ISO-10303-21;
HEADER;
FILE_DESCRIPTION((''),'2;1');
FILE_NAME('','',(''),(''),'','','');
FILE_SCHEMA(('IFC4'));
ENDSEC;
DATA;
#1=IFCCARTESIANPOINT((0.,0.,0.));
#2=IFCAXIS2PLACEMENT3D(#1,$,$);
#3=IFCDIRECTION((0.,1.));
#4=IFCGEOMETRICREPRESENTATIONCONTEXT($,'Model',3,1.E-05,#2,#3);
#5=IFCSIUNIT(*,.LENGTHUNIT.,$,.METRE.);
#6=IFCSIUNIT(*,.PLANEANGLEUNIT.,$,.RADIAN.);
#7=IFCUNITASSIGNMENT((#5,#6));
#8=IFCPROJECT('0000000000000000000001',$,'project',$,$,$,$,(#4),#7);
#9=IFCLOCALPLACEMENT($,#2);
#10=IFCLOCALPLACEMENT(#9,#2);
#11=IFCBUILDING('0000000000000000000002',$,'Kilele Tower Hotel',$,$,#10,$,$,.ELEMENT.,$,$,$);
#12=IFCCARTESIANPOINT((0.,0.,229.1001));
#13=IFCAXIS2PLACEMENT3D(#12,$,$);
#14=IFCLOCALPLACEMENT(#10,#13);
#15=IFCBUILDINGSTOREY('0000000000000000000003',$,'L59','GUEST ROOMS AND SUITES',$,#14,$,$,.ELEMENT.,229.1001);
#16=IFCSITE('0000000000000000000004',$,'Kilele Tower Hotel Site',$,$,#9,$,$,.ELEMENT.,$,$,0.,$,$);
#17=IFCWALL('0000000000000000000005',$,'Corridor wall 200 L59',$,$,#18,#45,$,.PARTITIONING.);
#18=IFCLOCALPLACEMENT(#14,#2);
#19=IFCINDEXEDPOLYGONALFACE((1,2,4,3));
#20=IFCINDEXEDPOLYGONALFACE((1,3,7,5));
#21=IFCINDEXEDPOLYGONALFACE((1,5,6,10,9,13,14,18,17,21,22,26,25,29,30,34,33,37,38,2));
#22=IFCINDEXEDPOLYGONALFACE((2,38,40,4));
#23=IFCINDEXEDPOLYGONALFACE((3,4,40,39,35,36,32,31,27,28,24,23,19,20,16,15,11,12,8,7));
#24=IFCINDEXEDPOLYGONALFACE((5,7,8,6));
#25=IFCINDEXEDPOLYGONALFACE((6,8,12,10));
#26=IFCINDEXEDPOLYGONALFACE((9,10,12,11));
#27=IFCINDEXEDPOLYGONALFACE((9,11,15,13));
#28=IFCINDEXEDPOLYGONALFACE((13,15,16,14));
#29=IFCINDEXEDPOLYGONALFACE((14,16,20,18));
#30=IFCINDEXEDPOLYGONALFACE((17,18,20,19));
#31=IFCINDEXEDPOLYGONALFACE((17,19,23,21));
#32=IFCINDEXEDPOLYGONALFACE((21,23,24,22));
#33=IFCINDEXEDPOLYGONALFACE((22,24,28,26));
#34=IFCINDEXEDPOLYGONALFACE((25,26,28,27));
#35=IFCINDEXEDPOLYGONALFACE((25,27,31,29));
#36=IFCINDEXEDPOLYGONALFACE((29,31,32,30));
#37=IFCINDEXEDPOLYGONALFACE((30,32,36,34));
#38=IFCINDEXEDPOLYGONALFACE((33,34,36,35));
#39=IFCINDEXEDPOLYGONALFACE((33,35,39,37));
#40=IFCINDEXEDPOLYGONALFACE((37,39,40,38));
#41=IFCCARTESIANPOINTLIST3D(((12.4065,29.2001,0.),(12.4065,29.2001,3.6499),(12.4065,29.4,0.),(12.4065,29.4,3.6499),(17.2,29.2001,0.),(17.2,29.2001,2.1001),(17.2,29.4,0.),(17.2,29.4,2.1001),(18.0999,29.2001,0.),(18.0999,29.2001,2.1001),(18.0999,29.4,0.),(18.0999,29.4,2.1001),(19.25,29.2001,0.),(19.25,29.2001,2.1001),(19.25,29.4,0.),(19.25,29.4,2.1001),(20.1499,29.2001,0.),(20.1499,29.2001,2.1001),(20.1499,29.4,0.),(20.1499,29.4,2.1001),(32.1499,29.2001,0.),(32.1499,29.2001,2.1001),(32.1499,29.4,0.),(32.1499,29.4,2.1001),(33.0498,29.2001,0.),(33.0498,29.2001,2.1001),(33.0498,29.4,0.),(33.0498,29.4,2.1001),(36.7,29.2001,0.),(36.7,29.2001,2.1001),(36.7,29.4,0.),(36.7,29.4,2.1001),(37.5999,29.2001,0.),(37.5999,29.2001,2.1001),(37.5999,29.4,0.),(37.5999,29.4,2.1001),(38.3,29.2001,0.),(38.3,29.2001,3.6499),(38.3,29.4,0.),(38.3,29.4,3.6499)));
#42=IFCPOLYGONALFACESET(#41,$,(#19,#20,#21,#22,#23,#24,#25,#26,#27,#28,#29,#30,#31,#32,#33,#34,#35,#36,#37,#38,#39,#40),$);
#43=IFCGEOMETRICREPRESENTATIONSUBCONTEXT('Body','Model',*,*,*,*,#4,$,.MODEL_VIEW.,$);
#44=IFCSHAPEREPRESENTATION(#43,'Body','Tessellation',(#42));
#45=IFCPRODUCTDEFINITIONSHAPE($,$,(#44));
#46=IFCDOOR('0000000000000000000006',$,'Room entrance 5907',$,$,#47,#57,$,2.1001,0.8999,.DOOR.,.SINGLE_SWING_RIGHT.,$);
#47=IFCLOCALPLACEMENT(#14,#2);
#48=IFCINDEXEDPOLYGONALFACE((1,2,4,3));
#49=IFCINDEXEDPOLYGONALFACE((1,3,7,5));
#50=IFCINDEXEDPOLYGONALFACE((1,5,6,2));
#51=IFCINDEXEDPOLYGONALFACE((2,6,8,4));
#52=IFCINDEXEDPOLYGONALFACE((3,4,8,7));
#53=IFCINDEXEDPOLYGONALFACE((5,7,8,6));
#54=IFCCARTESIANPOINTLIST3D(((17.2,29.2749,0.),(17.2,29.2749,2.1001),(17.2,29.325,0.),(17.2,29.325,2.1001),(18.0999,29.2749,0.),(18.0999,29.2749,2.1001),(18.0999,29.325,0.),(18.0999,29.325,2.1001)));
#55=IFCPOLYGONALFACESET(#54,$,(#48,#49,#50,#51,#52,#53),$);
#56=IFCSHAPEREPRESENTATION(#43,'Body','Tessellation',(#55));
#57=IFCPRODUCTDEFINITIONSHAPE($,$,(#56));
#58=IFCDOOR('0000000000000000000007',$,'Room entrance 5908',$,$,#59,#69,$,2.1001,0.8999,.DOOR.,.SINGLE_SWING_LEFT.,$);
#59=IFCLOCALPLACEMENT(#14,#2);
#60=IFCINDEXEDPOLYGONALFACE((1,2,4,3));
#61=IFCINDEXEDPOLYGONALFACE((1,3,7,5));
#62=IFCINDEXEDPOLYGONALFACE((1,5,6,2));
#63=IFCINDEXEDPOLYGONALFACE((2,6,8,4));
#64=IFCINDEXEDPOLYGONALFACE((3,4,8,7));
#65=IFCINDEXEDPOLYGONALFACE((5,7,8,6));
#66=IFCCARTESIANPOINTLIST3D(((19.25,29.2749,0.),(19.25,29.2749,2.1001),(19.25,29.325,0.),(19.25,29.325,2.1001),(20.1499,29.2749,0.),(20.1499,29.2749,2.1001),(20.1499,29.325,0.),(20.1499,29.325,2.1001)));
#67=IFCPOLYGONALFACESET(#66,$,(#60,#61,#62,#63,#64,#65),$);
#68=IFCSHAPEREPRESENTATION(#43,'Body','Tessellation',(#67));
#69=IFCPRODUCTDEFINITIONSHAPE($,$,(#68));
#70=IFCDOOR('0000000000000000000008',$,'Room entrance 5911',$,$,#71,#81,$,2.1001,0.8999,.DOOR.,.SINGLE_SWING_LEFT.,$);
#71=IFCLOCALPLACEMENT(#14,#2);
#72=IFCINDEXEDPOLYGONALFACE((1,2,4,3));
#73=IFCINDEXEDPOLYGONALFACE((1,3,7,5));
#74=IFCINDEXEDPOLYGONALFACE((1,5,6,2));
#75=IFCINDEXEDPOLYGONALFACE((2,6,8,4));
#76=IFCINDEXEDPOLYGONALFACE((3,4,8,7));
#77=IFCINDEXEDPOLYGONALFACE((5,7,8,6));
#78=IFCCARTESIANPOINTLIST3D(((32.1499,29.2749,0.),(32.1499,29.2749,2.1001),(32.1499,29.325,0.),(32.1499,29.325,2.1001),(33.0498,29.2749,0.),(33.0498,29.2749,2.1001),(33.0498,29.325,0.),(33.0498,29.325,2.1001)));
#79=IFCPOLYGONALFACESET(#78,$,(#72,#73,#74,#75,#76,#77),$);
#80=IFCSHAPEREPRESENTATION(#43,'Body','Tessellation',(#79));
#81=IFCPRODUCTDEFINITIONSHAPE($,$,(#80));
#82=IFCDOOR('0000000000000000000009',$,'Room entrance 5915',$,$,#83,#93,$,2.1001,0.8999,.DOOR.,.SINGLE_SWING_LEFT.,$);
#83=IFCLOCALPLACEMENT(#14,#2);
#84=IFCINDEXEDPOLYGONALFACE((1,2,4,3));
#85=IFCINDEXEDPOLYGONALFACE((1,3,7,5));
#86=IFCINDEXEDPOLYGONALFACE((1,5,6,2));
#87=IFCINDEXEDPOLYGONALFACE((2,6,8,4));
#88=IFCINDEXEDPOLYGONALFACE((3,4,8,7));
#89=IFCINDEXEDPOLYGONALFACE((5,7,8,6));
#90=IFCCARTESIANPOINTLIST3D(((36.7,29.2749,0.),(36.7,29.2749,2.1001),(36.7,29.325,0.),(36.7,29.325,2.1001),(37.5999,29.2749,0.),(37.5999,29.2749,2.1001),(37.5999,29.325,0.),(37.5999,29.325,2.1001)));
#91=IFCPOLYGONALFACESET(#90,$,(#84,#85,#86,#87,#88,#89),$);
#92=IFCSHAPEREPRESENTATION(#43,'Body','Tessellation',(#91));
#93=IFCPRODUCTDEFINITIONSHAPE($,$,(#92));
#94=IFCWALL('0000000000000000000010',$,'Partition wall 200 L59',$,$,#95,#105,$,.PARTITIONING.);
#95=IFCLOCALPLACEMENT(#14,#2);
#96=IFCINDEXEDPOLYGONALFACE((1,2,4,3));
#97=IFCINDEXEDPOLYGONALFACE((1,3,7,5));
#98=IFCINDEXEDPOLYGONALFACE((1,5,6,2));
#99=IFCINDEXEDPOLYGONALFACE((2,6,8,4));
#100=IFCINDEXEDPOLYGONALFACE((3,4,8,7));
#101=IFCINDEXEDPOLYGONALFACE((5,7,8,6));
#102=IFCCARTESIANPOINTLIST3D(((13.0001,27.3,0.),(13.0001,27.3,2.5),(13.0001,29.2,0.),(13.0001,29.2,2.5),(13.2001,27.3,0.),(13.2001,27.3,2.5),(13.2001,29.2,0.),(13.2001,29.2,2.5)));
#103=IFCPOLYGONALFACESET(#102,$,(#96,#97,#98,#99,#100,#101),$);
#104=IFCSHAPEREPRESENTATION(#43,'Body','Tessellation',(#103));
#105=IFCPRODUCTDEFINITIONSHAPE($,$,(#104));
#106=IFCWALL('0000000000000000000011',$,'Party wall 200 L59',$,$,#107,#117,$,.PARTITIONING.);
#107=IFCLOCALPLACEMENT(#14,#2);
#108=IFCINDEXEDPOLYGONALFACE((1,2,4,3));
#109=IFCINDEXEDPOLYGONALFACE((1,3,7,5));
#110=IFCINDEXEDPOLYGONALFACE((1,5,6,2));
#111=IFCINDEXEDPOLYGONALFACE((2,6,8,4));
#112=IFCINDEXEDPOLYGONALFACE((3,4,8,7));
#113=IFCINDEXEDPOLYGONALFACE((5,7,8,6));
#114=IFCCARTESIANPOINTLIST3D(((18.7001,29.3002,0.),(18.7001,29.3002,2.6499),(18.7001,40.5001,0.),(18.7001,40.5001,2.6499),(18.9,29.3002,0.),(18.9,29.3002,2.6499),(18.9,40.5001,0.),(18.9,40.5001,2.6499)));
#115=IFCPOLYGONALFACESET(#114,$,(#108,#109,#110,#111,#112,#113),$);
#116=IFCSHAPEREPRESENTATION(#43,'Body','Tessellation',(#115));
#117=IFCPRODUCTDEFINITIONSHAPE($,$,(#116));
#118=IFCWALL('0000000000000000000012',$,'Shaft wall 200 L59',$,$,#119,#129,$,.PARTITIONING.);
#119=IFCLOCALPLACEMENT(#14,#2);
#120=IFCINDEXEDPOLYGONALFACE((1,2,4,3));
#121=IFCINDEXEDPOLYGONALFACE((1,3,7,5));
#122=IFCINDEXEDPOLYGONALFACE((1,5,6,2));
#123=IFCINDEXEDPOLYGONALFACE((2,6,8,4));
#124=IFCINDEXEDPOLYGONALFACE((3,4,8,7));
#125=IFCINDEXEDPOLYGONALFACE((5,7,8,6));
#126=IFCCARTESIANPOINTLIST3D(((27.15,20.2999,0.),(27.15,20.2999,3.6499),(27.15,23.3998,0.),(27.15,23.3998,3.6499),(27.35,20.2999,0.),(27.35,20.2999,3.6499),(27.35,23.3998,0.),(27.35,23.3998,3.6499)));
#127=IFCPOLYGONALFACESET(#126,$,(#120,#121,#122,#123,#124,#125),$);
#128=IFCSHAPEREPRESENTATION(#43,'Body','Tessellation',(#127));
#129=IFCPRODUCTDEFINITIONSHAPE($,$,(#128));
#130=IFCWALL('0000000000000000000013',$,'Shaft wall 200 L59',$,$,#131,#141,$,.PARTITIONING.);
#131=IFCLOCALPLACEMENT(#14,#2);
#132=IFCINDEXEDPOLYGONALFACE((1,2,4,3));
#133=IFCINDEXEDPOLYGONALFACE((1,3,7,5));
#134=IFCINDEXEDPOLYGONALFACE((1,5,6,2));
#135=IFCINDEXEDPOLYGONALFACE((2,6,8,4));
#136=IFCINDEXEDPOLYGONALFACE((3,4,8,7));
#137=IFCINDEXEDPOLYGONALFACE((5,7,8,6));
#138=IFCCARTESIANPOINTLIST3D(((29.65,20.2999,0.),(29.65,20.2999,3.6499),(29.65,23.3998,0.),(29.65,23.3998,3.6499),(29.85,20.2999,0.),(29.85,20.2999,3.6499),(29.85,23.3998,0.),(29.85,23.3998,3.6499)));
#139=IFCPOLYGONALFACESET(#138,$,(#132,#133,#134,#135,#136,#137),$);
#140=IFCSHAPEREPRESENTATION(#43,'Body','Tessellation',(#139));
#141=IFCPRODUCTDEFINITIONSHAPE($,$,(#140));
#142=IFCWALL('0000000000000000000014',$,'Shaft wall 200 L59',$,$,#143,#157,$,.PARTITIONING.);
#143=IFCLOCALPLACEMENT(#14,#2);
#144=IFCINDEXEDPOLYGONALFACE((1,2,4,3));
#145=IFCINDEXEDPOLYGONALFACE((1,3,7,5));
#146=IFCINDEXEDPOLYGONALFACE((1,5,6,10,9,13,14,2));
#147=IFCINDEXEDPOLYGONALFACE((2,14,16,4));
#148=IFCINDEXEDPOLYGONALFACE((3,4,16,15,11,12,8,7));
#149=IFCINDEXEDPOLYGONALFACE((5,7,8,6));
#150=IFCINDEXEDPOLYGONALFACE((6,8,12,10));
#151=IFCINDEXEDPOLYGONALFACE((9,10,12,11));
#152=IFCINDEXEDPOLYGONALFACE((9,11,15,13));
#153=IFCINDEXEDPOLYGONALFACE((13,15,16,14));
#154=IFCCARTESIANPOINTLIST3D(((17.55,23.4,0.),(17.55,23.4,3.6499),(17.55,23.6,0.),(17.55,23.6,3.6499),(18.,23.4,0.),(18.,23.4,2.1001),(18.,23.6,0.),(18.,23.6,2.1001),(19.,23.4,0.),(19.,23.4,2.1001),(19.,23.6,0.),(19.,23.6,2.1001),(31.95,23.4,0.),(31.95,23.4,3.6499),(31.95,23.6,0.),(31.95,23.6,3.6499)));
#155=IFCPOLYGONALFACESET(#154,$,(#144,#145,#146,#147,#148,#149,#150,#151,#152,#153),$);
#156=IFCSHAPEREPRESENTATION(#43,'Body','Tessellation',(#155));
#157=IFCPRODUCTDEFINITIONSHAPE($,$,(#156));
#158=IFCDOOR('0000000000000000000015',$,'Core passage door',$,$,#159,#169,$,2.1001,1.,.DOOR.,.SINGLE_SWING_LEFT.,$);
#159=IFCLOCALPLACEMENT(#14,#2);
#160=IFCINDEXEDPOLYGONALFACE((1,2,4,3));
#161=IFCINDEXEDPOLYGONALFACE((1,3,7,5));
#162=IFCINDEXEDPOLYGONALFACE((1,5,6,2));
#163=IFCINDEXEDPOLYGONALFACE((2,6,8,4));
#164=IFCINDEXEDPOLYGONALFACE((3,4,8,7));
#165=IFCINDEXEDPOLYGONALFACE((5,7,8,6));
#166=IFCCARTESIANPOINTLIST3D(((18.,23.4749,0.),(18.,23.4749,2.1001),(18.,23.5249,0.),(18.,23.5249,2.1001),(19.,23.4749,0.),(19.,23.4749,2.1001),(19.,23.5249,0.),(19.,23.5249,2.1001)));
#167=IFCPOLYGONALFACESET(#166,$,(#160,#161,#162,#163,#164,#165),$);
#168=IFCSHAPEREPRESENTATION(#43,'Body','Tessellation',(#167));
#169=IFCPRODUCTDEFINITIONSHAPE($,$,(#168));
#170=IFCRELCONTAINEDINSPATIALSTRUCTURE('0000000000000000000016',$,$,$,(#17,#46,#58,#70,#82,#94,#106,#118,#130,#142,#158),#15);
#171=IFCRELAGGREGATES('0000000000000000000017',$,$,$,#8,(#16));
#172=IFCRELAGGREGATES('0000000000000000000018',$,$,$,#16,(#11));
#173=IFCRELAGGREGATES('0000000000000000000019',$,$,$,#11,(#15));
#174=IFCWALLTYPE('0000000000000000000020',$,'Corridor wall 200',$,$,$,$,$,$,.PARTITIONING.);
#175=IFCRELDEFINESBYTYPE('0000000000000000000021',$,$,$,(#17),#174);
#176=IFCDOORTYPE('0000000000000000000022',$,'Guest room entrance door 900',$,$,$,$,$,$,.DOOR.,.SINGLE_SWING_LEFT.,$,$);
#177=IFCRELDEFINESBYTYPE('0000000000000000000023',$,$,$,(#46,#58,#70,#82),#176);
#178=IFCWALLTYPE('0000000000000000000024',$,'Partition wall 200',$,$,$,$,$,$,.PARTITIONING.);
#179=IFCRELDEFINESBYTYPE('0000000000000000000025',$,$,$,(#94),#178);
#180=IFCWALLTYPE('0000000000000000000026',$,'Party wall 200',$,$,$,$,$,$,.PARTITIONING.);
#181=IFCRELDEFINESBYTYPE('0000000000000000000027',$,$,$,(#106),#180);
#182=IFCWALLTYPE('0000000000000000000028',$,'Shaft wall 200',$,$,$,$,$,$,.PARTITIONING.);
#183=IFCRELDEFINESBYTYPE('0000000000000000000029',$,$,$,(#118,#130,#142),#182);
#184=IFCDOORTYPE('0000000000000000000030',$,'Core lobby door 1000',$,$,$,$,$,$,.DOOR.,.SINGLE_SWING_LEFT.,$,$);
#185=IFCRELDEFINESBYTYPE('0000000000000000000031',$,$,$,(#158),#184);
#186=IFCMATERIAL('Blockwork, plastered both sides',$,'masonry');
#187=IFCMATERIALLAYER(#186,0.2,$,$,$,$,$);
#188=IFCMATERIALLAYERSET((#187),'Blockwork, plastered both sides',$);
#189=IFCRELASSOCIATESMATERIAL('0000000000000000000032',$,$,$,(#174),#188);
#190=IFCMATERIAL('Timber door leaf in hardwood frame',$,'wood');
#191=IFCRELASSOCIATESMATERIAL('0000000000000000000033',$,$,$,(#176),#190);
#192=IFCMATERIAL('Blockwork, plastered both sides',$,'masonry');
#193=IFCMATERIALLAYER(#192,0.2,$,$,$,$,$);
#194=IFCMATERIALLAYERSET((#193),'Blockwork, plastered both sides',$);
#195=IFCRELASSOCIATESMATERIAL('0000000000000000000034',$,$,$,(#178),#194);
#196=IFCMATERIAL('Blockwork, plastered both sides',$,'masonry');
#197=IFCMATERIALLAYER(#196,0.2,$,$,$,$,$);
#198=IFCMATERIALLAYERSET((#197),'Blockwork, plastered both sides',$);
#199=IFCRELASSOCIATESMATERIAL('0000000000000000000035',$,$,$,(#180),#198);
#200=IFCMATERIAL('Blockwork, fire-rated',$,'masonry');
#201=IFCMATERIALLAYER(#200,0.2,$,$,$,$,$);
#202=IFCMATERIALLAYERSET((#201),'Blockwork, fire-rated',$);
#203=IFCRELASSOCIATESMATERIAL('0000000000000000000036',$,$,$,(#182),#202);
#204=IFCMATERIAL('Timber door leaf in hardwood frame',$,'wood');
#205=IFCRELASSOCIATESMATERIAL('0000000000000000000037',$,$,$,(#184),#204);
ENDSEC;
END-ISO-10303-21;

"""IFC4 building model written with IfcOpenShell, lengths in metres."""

from ifc_helpers import new_model, si_unit, direction, frame, frame_2d, origin, place, context, subcontext, project, spatial, rectangle, extrude, material, layer, layer_set, type_object, element, fill, save


model = new_model("IFC4")

# Units and contexts
model_context = context("Model", 3, precision=1e-05, world=origin(), true_north=direction((0.0, 1.0)))
body_context = subcontext(model_context, "Body", "Model", "MODEL_VIEW")
ifc_project = project(units=[si_unit("LENGTHUNIT", "METRE"), si_unit("PLANEANGLEUNIT", "RADIAN")], contexts=[model_context])

# Site, building, storey
site_placement = place(None, origin())
site = spatial("IfcSite", under=ifc_project, at=site_placement, Name="Kilele Tower Hotel Site", CompositionType="ELEMENT", RefElevation=0.0)
building_placement = place(site_placement, origin())
building = spatial("IfcBuilding", under=site, at=building_placement, Name="Kilele Tower Hotel", CompositionType="ELEMENT")
storey_placement = place(building_placement, frame((0.0, 0.0, 229.1001)))
storey = spatial("IfcBuildingStorey", under=building, at=storey_placement, Name="L59", Description="GUEST ROOMS AND SUITES", CompositionType="ELEMENT", Elevation=229.1001)

# Wall, openings, doors
ifc_material_1 = material(Name="Blockwork, plastered both sides", Category="masonry")
ifc_layer_1 = layer(ifc_material_1, 0.2)
ifc_layer_set_1 = layer_set([ifc_layer_1], Name="Blockwork, plastered both sides")
wall_type_1 = type_object("IfcWallType", Name="Corridor wall 200", PredefinedType="PARTITIONING", material=ifc_layer_set_1)
wall_1_placement = place(storey_placement, frame((12.4065, 29.3, 0.0), z_axis=(0.0, 0.0, 1.0), x_axis=(1.0, 0.0, 0.0)))
wall_1 = element("IfcWall", 1, at=wall_1_placement, inside=storey, type_object=wall_type_1, Name="Corridor wall 200 L59", PredefinedType="PARTITIONING", context=body_context, shape_type="SweptSolid", body=[
    extrude(rectangle(XDim=25.8936, YDim=0.2, at=frame_2d((12.9468, 0.0))), origin(), (0.0, 0.0, 1.0), 3.6499),
])
opening_1_placement = place(wall_1_placement, frame((4.7935, 0.0, 0.0)))
opening_1 = element("IfcOpeningElement", 2, at=opening_1_placement, cuts=wall_1, PredefinedType="OPENING", context=body_context, shape_type="SweptSolid", body=[
    extrude(rectangle(XDim=0.8999, YDim=2.1001, at=frame_2d((0.45, 1.05))), frame((0.0, 0.1099, 0.0), z_axis=(0.0, -1.0, 0.0), x_axis=(1.0, 0.0, 0.0)), (0.0, 0.0, 1.0), 0.22),
])
opening_2_placement = place(wall_1_placement, frame((6.8435, 0.0, 0.0)))
opening_2 = element("IfcOpeningElement", 3, at=opening_2_placement, cuts=wall_1, PredefinedType="OPENING", context=body_context, shape_type="SweptSolid", body=[
    extrude(rectangle(XDim=0.8999, YDim=2.1001, at=frame_2d((0.45, 1.05))), frame((0.0, 0.1099, 0.0), z_axis=(0.0, -1.0, 0.0), x_axis=(1.0, 0.0, 0.0)), (0.0, 0.0, 1.0), 0.22),
])
opening_3_placement = place(wall_1_placement, frame((19.7434, 0.0, 0.0)))
opening_3 = element("IfcOpeningElement", 4, at=opening_3_placement, cuts=wall_1, PredefinedType="OPENING", context=body_context, shape_type="SweptSolid", body=[
    extrude(rectangle(XDim=0.8999, YDim=2.1001, at=frame_2d((0.45, 1.05))), frame((0.0, 0.1099, 0.0), z_axis=(0.0, -1.0, 0.0), x_axis=(1.0, 0.0, 0.0)), (0.0, 0.0, 1.0), 0.22),
])
opening_4_placement = place(wall_1_placement, frame((24.2935, 0.0, 0.0)))
opening_4 = element("IfcOpeningElement", 5, at=opening_4_placement, cuts=wall_1, PredefinedType="OPENING", context=body_context, shape_type="SweptSolid", body=[
    extrude(rectangle(XDim=0.8999, YDim=2.1001, at=frame_2d((0.45, 1.05))), frame((0.0, 0.1099, 0.0), z_axis=(0.0, -1.0, 0.0), x_axis=(1.0, 0.0, 0.0)), (0.0, 0.0, 1.0), 0.22),
])
ifc_material_2 = material(Name="Timber door leaf in hardwood frame", Category="wood")
door_type_1 = type_object("IfcDoorType", Name="Guest room entrance door 900", OperationType="SINGLE_SWING_LEFT", PredefinedType="DOOR", material=ifc_material_2)
door_1_placement = place(opening_1_placement, origin())
door_1 = element("IfcDoor", 6, at=door_1_placement, inside=storey, type_object=door_type_1, Name="Room entrance 5907", OperationType="SINGLE_SWING_RIGHT", OverallHeight=2.1001, OverallWidth=0.8999, PredefinedType="DOOR", context=body_context, shape_type="SweptSolid", body=[
    extrude(rectangle(XDim=0.8999, YDim=2.1001, at=frame_2d((0.45, 1.05))), frame((0.0, 0.0249, 0.0), z_axis=(0.0, -1.0, 0.0), x_axis=(1.0, 0.0, 0.0)), (0.0, 0.0, 1.0), 0.05),
])
fill(opening_1, door_1)
door_2_placement = place(opening_2_placement, origin())
door_2 = element("IfcDoor", 7, at=door_2_placement, inside=storey, type_object=door_type_1, Name="Room entrance 5908", OperationType="SINGLE_SWING_LEFT", OverallHeight=2.1001, OverallWidth=0.8999, PredefinedType="DOOR", context=body_context, shape_type="SweptSolid", body=[
    extrude(rectangle(XDim=0.8999, YDim=2.1001, at=frame_2d((0.45, 1.05))), frame((0.0, 0.0249, 0.0), z_axis=(0.0, -1.0, 0.0), x_axis=(1.0, 0.0, 0.0)), (0.0, 0.0, 1.0), 0.05),
])
fill(opening_2, door_2)
door_3_placement = place(opening_3_placement, origin())
door_3 = element("IfcDoor", 8, at=door_3_placement, inside=storey, type_object=door_type_1, Name="Room entrance 5911", OperationType="SINGLE_SWING_LEFT", OverallHeight=2.1001, OverallWidth=0.8999, PredefinedType="DOOR", context=body_context, shape_type="SweptSolid", body=[
    extrude(rectangle(XDim=0.8999, YDim=2.1001, at=frame_2d((0.45, 1.05))), frame((0.0, 0.0249, 0.0), z_axis=(0.0, -1.0, 0.0), x_axis=(1.0, 0.0, 0.0)), (0.0, 0.0, 1.0), 0.05),
])
fill(opening_3, door_3)
door_4_placement = place(opening_4_placement, origin())
door_4 = element("IfcDoor", 9, at=door_4_placement, inside=storey, type_object=door_type_1, Name="Room entrance 5915", OperationType="SINGLE_SWING_LEFT", OverallHeight=2.1001, OverallWidth=0.8999, PredefinedType="DOOR", context=body_context, shape_type="SweptSolid", body=[
    extrude(rectangle(XDim=0.8999, YDim=2.1001, at=frame_2d((0.45, 1.05))), frame((0.0, 0.0249, 0.0), z_axis=(0.0, -1.0, 0.0), x_axis=(1.0, 0.0, 0.0)), (0.0, 0.0, 1.0), 0.05),
])
fill(opening_4, door_4)

# Walls
ifc_material_3 = material(Name="Blockwork, plastered both sides", Category="masonry")
ifc_layer_2 = layer(ifc_material_3, 0.2)
ifc_layer_set_2 = layer_set([ifc_layer_2], Name="Blockwork, plastered both sides")
wall_type_2 = type_object("IfcWallType", Name="Partition wall 200", PredefinedType="PARTITIONING", material=ifc_layer_set_2)
wall_2_placement = place(storey_placement, frame((13.1001, 27.3, 0.0), z_axis=(0.0, 0.0, 1.0), x_axis=(0.0, 1.0, 0.0)))
element("IfcWall", 10, at=wall_2_placement, inside=storey, type_object=wall_type_2, Name="Partition wall 200 L59", PredefinedType="PARTITIONING", context=body_context, shape_type="SweptSolid", body=[
    extrude(rectangle(XDim=1.8999, YDim=0.2, at=frame_2d((0.95, 0.0))), origin(), (0.0, 0.0, 1.0), 2.5),
])
ifc_material_4 = material(Name="Blockwork, plastered both sides", Category="masonry")
ifc_layer_3 = layer(ifc_material_4, 0.2)
ifc_layer_set_3 = layer_set([ifc_layer_3], Name="Blockwork, plastered both sides")
wall_type_3 = type_object("IfcWallType", Name="Party wall 200", PredefinedType="PARTITIONING", material=ifc_layer_set_3)
wall_3_placement = place(storey_placement, frame((18.8, 29.3, 0.0), z_axis=(0.0, 0.0, 1.0), x_axis=(0.0, 1.0, 0.0)))
element("IfcWall", 11, at=wall_3_placement, inside=storey, type_object=wall_type_3, Name="Party wall 200 L59", PredefinedType="PARTITIONING", context=body_context, shape_type="SweptSolid", body=[
    extrude(rectangle(XDim=11.2, YDim=0.2, at=frame_2d((5.6001, 0.0))), origin(), (0.0, 0.0, 1.0), 2.6499),
])
ifc_material_5 = material(Name="Blockwork, fire-rated", Category="masonry")
ifc_layer_4 = layer(ifc_material_5, 0.2)
ifc_layer_set_4 = layer_set([ifc_layer_4], Name="Blockwork, fire-rated")
wall_type_4 = type_object("IfcWallType", Name="Shaft wall 200", PredefinedType="PARTITIONING", material=ifc_layer_set_4)
for number, where, z_axis, x_axis, name in (
    (12, (27.25, 20.3, 0.0), (0.0, 0.0, 1.0), (0.0, 1.0, 0.0), "Shaft wall 200 L59"),
    (13, (29.75, 20.3, 0.0), (0.0, 0.0, 1.0), (0.0, 1.0, 0.0), "Shaft wall 200 L59"),
):
    element("IfcWall", number, at=place(storey_placement, frame(where, z_axis=z_axis, x_axis=x_axis)), inside=storey, type_object=wall_type_4, Name=name, PredefinedType="PARTITIONING", context=body_context, shape_type="SweptSolid", body=[
        extrude(rectangle(XDim=3.0999, YDim=0.2, at=frame_2d((1.5498, 0.0))), origin(), (0.0, 0.0, 1.0), 3.6499),
    ])

# Wall, opening, door
wall_4_placement = place(storey_placement, frame((17.55, 23.5, 0.0), z_axis=(0.0, 0.0, 1.0), x_axis=(1.0, 0.0, 0.0)))
wall_4 = element("IfcWall", 14, at=wall_4_placement, inside=storey, type_object=wall_type_4, Name="Shaft wall 200 L59", PredefinedType="PARTITIONING", context=body_context, shape_type="SweptSolid", body=[
    extrude(rectangle(XDim=14.3999, YDim=0.2, at=frame_2d((7.2, 0.0))), origin(), (0.0, 0.0, 1.0), 3.6499),
])
opening_5_placement = place(wall_4_placement, frame((0.45, 0.0, 0.0)))
opening_5 = element("IfcOpeningElement", 15, at=opening_5_placement, cuts=wall_4, PredefinedType="OPENING", context=body_context, shape_type="SweptSolid", body=[
    extrude(rectangle(XDim=1.0, YDim=2.1001, at=frame_2d((0.5, 1.05))), frame((0.0, 0.1099, 0.0), z_axis=(0.0, -1.0, 0.0), x_axis=(1.0, 0.0, 0.0)), (0.0, 0.0, 1.0), 0.22),
])
ifc_material_6 = material(Name="Timber door leaf in hardwood frame", Category="wood")
door_type_2 = type_object("IfcDoorType", Name="Core lobby door 1000", OperationType="SINGLE_SWING_LEFT", PredefinedType="DOOR", material=ifc_material_6)
door_5_placement = place(opening_5_placement, origin())
door_5 = element("IfcDoor", 16, at=door_5_placement, inside=storey, type_object=door_type_2, Name="Core passage door", OperationType="SINGLE_SWING_LEFT", OverallHeight=2.1001, OverallWidth=1.0, PredefinedType="DOOR", context=body_context, shape_type="SweptSolid", body=[
    extrude(rectangle(XDim=1.0, YDim=2.1001, at=frame_2d((0.5, 1.05))), frame((0.0, 0.0249, 0.0), z_axis=(0.0, -1.0, 0.0), x_axis=(1.0, 0.0, 0.0)), (0.0, 0.0, 1.0), 0.05),
])
fill(opening_5, door_5)

save(model, "model.ifc")
